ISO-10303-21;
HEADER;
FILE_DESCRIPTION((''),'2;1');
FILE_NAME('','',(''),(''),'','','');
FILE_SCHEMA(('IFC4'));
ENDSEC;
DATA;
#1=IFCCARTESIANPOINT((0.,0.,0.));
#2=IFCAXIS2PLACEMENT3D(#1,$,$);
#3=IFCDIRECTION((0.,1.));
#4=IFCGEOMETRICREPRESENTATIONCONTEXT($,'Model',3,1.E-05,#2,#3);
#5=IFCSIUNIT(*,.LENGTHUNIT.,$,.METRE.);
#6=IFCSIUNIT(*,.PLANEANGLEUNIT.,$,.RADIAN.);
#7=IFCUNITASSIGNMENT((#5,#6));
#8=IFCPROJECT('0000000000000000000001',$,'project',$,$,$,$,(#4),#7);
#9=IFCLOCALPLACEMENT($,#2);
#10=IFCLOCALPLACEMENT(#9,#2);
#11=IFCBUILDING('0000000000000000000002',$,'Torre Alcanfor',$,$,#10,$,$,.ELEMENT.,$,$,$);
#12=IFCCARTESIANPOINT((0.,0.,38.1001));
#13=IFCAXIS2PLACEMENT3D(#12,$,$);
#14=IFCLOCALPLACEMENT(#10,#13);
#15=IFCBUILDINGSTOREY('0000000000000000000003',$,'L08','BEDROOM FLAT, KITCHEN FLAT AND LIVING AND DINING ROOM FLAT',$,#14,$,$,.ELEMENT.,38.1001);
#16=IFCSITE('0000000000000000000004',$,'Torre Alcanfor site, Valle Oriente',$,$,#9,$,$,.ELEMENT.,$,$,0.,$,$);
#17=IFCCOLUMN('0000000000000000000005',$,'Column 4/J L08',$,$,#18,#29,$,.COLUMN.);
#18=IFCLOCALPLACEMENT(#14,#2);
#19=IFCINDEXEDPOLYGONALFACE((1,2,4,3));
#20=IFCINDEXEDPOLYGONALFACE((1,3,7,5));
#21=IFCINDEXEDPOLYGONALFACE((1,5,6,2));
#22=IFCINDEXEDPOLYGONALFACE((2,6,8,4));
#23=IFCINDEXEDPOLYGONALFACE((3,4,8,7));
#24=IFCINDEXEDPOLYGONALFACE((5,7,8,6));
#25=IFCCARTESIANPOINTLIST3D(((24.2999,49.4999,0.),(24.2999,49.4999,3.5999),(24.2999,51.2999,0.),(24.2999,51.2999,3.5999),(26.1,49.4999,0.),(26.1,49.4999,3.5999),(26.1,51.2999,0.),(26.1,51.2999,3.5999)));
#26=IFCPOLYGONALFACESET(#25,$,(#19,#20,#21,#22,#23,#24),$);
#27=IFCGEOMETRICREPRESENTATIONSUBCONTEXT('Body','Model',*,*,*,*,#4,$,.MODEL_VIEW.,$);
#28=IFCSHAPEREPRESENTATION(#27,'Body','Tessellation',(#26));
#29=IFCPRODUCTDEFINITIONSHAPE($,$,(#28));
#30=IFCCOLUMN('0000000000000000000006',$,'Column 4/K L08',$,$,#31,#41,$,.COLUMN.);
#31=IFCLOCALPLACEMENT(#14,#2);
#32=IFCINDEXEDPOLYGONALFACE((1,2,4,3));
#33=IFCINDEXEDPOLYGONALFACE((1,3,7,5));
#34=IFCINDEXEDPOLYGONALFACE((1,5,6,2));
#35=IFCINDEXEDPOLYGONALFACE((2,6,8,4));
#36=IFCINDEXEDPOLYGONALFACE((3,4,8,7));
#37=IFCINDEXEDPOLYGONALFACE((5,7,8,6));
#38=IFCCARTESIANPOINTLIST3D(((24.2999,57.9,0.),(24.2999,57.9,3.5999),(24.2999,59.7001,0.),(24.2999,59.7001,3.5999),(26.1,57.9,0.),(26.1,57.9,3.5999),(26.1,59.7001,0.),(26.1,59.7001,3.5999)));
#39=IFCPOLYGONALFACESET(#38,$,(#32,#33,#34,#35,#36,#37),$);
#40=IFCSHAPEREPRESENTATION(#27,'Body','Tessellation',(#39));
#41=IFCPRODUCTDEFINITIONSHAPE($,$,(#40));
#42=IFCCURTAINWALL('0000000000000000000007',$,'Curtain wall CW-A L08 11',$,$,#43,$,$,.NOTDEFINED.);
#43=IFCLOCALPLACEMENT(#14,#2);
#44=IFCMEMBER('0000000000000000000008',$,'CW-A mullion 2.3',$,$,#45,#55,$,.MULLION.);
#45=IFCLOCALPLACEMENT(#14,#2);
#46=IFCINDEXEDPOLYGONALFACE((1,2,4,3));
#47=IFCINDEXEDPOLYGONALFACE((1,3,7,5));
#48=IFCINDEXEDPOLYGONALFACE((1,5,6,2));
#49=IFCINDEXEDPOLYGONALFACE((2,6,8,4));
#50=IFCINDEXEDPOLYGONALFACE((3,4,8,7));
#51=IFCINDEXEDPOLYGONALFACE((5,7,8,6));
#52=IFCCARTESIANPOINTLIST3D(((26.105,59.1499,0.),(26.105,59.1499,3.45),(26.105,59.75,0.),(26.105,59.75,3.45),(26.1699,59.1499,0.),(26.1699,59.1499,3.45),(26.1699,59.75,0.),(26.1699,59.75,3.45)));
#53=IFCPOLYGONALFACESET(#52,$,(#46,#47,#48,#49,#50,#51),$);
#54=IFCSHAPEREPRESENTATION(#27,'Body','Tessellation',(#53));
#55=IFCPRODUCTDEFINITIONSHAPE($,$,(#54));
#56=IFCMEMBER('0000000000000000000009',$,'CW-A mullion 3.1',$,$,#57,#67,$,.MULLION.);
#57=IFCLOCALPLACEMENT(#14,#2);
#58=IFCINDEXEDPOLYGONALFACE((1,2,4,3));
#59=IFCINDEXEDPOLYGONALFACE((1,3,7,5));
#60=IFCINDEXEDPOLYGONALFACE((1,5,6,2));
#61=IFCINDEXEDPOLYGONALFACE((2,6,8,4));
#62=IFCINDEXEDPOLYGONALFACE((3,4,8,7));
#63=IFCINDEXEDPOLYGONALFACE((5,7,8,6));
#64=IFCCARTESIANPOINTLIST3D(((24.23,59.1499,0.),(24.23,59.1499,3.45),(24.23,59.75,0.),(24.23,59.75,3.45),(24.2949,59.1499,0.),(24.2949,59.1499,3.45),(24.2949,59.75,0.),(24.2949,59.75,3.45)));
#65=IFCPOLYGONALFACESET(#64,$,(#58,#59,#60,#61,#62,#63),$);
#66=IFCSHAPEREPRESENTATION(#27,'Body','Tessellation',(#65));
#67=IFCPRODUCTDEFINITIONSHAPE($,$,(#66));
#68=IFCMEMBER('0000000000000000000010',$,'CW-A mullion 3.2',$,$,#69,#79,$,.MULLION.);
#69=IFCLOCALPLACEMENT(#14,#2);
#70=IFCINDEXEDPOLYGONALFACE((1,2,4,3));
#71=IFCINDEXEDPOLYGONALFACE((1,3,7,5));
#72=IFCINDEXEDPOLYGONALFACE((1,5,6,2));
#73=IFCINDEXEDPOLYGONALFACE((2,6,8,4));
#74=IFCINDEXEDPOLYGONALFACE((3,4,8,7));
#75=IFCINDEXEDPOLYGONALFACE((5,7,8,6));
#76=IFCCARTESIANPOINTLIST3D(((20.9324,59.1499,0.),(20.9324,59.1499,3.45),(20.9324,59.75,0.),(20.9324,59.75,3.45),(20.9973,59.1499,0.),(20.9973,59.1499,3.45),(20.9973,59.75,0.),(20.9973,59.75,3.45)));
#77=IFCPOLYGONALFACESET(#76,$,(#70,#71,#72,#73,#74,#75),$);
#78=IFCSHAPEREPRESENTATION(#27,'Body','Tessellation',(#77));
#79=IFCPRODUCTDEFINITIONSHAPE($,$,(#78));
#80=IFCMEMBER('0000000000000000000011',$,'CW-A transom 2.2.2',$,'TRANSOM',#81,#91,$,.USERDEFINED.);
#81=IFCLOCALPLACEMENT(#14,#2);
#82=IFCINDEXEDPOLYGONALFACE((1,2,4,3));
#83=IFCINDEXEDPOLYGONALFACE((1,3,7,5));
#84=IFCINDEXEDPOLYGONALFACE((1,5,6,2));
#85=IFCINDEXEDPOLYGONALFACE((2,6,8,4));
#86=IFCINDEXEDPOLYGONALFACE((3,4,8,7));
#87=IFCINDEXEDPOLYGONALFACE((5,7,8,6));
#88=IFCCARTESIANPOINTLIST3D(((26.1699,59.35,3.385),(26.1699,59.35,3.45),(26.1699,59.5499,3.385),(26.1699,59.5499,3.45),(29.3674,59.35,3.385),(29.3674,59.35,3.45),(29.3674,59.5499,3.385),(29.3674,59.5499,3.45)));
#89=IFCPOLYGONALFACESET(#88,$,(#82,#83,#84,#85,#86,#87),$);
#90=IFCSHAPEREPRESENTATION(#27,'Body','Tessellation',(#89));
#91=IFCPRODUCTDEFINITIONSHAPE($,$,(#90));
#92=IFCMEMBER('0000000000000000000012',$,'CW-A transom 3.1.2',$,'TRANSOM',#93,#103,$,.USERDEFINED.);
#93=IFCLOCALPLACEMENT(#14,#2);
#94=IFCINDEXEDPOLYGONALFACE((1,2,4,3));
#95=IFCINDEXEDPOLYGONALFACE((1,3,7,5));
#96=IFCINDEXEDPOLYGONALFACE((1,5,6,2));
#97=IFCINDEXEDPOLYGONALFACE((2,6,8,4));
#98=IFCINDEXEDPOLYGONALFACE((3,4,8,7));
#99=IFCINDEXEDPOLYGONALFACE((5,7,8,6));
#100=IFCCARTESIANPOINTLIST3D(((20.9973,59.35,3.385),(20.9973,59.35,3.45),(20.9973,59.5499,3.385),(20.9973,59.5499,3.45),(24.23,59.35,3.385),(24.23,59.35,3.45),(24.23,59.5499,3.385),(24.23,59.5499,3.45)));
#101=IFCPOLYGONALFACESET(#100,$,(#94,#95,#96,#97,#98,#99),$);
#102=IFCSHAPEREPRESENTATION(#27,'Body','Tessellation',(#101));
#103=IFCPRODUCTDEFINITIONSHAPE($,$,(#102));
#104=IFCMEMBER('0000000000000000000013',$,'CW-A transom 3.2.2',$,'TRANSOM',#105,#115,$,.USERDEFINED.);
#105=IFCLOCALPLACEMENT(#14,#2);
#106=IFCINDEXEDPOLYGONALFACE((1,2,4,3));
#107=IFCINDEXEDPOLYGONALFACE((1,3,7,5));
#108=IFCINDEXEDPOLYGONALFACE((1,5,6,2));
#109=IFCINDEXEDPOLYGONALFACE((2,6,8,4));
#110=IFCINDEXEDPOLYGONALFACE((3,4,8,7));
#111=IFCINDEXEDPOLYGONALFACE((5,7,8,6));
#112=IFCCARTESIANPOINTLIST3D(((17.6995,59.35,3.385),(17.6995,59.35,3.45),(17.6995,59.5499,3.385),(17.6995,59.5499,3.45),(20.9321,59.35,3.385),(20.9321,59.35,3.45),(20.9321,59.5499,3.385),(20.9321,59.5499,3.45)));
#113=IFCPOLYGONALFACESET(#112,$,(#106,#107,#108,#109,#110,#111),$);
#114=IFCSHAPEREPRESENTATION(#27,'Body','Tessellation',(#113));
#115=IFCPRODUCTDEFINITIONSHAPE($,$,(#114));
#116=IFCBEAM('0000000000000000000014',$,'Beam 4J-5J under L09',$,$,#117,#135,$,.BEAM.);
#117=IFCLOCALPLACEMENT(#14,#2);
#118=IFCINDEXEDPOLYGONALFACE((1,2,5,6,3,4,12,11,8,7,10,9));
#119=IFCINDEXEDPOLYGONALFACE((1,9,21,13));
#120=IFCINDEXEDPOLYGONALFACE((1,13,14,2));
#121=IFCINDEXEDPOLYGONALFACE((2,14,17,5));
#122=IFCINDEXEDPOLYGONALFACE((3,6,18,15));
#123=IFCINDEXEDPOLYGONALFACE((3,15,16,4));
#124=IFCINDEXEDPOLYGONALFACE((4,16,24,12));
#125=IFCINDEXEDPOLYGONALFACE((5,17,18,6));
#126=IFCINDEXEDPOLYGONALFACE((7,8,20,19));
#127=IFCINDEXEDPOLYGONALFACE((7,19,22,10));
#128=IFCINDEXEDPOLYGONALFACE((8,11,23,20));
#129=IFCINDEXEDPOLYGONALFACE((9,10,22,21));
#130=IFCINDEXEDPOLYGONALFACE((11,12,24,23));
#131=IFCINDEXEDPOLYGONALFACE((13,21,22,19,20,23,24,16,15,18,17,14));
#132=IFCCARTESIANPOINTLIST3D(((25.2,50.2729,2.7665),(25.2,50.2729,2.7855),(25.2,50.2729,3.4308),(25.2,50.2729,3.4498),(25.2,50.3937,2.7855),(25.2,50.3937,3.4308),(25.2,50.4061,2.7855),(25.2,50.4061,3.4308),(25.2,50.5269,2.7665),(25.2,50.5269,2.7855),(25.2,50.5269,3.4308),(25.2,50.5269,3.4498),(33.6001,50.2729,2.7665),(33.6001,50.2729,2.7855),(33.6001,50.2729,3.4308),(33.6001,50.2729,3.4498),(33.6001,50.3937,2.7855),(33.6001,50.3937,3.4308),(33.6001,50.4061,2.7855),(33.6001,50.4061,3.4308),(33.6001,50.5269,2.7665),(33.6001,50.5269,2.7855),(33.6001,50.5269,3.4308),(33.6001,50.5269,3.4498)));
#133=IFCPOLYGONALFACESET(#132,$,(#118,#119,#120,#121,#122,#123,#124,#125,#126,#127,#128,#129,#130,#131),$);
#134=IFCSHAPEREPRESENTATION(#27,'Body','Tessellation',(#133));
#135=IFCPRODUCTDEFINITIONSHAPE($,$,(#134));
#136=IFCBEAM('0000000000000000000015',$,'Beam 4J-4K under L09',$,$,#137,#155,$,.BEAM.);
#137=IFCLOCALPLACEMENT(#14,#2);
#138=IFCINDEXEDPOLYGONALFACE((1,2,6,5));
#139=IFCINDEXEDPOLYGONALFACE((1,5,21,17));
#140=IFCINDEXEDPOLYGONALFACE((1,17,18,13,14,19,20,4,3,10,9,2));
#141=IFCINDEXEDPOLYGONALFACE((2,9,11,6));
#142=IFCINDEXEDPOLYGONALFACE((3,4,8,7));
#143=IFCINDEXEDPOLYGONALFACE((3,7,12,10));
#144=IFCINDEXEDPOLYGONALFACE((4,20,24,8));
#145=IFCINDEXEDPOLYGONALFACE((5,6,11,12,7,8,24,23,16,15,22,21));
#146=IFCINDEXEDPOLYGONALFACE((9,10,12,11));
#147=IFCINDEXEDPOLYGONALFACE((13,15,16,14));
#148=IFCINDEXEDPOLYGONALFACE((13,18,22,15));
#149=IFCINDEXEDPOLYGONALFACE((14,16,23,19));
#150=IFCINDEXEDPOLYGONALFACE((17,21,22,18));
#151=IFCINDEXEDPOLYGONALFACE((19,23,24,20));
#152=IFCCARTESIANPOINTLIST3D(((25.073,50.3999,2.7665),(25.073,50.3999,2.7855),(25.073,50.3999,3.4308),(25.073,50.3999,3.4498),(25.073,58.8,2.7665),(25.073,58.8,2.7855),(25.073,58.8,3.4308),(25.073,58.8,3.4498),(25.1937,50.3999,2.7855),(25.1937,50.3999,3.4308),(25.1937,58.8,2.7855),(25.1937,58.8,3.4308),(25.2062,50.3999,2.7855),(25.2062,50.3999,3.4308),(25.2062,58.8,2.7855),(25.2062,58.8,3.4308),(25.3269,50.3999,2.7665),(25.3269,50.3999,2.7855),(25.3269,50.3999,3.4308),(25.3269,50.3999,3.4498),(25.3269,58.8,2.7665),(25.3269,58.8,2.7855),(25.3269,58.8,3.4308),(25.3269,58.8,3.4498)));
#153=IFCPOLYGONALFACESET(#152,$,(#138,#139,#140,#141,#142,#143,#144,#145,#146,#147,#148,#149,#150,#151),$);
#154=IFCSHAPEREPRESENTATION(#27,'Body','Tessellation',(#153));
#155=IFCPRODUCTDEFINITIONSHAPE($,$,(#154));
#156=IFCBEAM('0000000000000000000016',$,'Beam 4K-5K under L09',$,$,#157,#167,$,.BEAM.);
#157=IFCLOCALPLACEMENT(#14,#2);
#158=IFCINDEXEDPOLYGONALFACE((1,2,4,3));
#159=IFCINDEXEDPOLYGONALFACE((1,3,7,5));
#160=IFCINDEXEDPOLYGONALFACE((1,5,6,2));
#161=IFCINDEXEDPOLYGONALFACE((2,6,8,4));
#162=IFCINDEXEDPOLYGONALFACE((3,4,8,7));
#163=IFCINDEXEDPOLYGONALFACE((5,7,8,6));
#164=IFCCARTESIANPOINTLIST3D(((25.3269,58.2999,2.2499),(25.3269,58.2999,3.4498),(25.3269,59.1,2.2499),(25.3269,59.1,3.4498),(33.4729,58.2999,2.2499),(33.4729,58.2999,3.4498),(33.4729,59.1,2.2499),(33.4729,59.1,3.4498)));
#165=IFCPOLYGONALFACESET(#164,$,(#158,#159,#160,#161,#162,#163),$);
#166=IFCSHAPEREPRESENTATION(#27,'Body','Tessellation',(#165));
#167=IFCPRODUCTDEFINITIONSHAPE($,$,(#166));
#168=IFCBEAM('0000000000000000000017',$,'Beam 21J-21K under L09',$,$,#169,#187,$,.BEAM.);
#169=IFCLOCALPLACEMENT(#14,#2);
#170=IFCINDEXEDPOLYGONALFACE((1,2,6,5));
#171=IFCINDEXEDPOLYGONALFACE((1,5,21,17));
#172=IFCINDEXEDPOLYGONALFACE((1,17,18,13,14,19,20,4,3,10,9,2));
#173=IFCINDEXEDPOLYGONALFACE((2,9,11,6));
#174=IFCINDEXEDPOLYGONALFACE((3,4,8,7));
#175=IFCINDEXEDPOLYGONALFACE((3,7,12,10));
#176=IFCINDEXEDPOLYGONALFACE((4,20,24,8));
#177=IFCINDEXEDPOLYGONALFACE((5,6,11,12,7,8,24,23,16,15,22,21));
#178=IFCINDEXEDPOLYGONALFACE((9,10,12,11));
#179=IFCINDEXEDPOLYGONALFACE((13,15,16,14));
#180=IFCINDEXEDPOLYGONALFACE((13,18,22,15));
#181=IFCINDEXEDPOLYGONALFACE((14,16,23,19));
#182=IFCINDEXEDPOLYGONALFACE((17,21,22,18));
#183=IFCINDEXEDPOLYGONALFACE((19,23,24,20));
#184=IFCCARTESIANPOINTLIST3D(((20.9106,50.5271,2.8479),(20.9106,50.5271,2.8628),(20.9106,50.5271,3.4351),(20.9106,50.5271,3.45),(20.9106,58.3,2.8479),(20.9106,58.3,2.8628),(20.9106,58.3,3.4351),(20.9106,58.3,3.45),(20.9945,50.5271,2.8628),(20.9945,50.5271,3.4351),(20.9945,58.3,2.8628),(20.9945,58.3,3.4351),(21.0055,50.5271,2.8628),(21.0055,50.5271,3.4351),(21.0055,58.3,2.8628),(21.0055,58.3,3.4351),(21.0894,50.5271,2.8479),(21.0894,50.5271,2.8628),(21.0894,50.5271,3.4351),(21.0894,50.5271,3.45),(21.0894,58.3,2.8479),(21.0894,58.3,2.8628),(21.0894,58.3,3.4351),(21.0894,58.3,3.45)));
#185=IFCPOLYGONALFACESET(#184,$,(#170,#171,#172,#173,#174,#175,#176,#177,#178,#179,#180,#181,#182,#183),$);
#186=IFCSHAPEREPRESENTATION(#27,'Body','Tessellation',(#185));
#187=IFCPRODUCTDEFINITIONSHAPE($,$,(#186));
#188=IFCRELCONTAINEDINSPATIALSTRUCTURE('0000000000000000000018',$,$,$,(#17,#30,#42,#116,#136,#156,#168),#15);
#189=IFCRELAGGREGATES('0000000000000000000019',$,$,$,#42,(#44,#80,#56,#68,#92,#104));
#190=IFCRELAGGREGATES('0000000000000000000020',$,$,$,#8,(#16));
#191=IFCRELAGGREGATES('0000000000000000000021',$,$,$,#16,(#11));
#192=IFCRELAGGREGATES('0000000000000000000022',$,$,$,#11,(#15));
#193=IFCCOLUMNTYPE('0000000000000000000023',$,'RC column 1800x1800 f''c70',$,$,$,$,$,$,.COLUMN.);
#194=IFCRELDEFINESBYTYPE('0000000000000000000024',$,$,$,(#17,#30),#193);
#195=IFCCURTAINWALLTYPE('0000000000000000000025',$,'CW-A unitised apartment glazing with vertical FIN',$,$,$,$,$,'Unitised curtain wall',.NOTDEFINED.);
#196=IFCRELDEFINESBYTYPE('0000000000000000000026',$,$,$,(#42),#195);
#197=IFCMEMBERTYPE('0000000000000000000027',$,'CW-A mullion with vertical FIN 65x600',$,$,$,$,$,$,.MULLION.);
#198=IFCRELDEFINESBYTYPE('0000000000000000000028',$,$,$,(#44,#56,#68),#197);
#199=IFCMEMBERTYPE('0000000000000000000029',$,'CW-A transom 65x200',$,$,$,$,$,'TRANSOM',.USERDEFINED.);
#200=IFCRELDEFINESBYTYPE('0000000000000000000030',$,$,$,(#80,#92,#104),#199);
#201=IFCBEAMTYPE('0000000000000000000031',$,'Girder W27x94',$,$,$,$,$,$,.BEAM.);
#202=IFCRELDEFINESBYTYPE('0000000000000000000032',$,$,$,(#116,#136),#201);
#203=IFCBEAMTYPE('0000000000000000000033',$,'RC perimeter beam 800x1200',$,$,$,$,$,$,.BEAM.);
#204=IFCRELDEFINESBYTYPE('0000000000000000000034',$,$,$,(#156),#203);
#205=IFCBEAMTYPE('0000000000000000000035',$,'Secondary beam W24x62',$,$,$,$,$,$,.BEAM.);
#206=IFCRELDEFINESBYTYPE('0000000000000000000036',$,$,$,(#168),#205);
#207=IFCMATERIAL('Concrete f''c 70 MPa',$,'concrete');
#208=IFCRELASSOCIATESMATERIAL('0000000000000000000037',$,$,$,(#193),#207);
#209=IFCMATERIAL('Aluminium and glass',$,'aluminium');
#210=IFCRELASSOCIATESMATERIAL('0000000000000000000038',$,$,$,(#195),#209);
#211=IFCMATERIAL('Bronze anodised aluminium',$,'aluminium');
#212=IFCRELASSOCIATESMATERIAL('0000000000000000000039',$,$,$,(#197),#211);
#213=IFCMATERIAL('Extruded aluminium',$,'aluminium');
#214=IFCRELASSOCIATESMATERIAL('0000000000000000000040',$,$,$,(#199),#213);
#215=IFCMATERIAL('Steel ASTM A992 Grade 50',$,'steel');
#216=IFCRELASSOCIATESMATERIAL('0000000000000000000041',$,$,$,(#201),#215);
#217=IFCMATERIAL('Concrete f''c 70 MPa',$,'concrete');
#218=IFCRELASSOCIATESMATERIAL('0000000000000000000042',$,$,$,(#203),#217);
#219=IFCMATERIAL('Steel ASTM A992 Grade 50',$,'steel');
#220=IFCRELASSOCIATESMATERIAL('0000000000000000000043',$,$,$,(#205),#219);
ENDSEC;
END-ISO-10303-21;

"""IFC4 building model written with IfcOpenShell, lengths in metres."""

from ifc_helpers import new_model, si_unit, direction, frame, origin, origin_2d, place, context, subcontext, project, spatial, rectangle, i_section, extrude, material, material_profile, profile_set, type_object, element, aggregate, save


model = new_model("IFC4")

# Units and contexts
model_context = context("Model", 3, precision=1e-05, world=origin(), true_north=direction((0.0, 1.0)))
body_context = subcontext(model_context, "Body", "Model", "MODEL_VIEW")
ifc_project = project(units=[si_unit("LENGTHUNIT", "METRE"), si_unit("PLANEANGLEUNIT", "RADIAN")], contexts=[model_context])

# Site, building, storey
site_placement = place(None, origin())
site = spatial("IfcSite", under=ifc_project, at=site_placement, Name="Torre Alcanfor site, Valle Oriente", CompositionType="ELEMENT", RefElevation=0.0)
building_placement = place(site_placement, origin())
building = spatial("IfcBuilding", under=site, at=building_placement, Name="Torre Alcanfor", CompositionType="ELEMENT")
storey_placement = place(building_placement, frame((0.0, 0.0, 38.1001)))
storey = spatial("IfcBuildingStorey", under=building, at=storey_placement, Name="L08", Description="BEDROOM FLAT, KITCHEN FLAT AND LIVING AND DINING ROOM FLAT", CompositionType="ELEMENT", Elevation=38.1001)

# Columns
ifc_material_1 = material(Name="Concrete f'c 70 MPa", Category="concrete")
ifc_material_profile_1 = material_profile(ifc_material_1, rectangle(XDim=1.8, YDim=1.8, at=origin_2d()), Name="1800x1800")
ifc_profile_set_1 = profile_set([ifc_material_profile_1], Name="Concrete f'c 70 MPa")
column_type = type_object("IfcColumnType", Name="RC column 1800x1800 f'c70", PredefinedType="COLUMN", material=ifc_profile_set_1)
for number, where, z_axis, x_axis, name in (
    (1, (25.2, 50.3999, 0.0), (0.0, 0.0, 1.0), (1.0, 0.0, 0.0), "Column 4/J L08"),
    (2, (25.2, 58.8, 0.0), (0.0, 0.0, 1.0), (1.0, 0.0, 0.0), "Column 4/K L08"),
):
    element("IfcColumn", number, at=place(storey_placement, frame(where, z_axis=z_axis, x_axis=x_axis)), inside=storey, type_object=column_type, Name=name, PredefinedType="COLUMN", context=body_context, shape_type="SweptSolid", body=[
        extrude(rectangle(XDim=1.8, YDim=1.8, at=origin_2d()), origin(), (0.0, 0.0, 1.0), 3.5999),
    ])

# Curtain wall, members
ifc_material_2 = material(Name="Aluminium and glass", Category="aluminium")
curtain_wall_type = type_object("IfcCurtainWallType", Name="CW-A unitised apartment glazing with vertical FIN", ElementType="Unitised curtain wall", PredefinedType="NOTDEFINED", material=ifc_material_2)
curtain_wall_placement = place(storey_placement, origin())
curtain_wall = element("IfcCurtainWall", 3, at=curtain_wall_placement, inside=storey, type_object=curtain_wall_type, Name="Curtain wall CW-A L08 11", PredefinedType="NOTDEFINED")
ifc_material_3 = material(Name="Bronze anodised aluminium", Category="aluminium")
ifc_material_profile_2 = material_profile(ifc_material_3, rectangle(XDim=0.6001, YDim=0.0649, at=origin_2d()), Name="CW-A mullion 65x600")
ifc_profile_set_2 = profile_set([ifc_material_profile_2], Name="Bronze anodised aluminium")
member_type_1 = type_object("IfcMemberType", Name="CW-A mullion with vertical FIN 65x600", PredefinedType="MULLION", material=ifc_profile_set_2)
member_1_placement = place(storey_placement, frame((26.1375, 59.45, 0.0), z_axis=(0.0, 0.0, 1.0), x_axis=(0.0, -1.0, 0.0)))
member_1 = element("IfcMember", 4, at=member_1_placement, type_object=member_type_1, Name="CW-A mullion 2.3", PredefinedType="MULLION", context=body_context, shape_type="SweptSolid", body=[
    extrude(rectangle(XDim=0.6001, YDim=0.0649, at=origin_2d()), origin(), (0.0, 0.0, 1.0), 3.45),
])
member_2_placement = place(storey_placement, frame((24.2625, 59.45, 0.0), z_axis=(0.0, 0.0, 1.0), x_axis=(0.0, -1.0, 0.0)))
member_2 = element("IfcMember", 5, at=member_2_placement, type_object=member_type_1, Name="CW-A mullion 3.1", PredefinedType="MULLION", context=body_context, shape_type="SweptSolid", body=[
    extrude(rectangle(XDim=0.6001, YDim=0.0649, at=origin_2d()), origin(), (0.0, 0.0, 1.0), 3.45),
])
member_3_placement = place(storey_placement, frame((20.9648, 59.45, 0.0), z_axis=(0.0, 0.0, 1.0), x_axis=(0.0, -1.0, 0.0)))
member_3 = element("IfcMember", 6, at=member_3_placement, type_object=member_type_1, Name="CW-A mullion 3.2", PredefinedType="MULLION", context=body_context, shape_type="SweptSolid", body=[
    extrude(rectangle(XDim=0.6001, YDim=0.0649, at=origin_2d()), origin(), (0.0, 0.0, 1.0), 3.45),
])
ifc_material_4 = material(Name="Extruded aluminium", Category="aluminium")
ifc_material_profile_3 = material_profile(ifc_material_4, rectangle(XDim=0.2, YDim=0.0649, at=origin_2d()), Name="CW-A transom 200x65")
ifc_profile_set_3 = profile_set([ifc_material_profile_3], Name="Extruded aluminium")
member_type_2 = type_object("IfcMemberType", Name="CW-A transom 65x200", ElementType="TRANSOM", PredefinedType="USERDEFINED", material=ifc_profile_set_3)
member_4_placement = place(storey_placement, frame((29.3674, 59.45, 3.4175), z_axis=(-1.0, 0.0, 0.0), x_axis=(0.0, -1.0, 0.0)))
member_4 = element("IfcMember", 7, at=member_4_placement, type_object=member_type_2, Name="CW-A transom 2.2.2", ObjectType="TRANSOM", PredefinedType="USERDEFINED", context=body_context, shape_type="SweptSolid", body=[
    extrude(rectangle(XDim=0.2, YDim=0.0649, at=origin_2d()), origin(), (0.0, 0.0, 1.0), 3.1975),
])
member_5_placement = place(storey_placement, frame((24.23, 59.45, 3.4175), z_axis=(-1.0, 0.0, 0.0), x_axis=(0.0, -1.0, 0.0)))
member_5 = element("IfcMember", 8, at=member_5_placement, type_object=member_type_2, Name="CW-A transom 3.1.2", ObjectType="TRANSOM", PredefinedType="USERDEFINED", context=body_context, shape_type="SweptSolid", body=[
    extrude(rectangle(XDim=0.2, YDim=0.0649, at=origin_2d()), origin(), (0.0, 0.0, 1.0), 3.2327),
])
member_6_placement = place(storey_placement, frame((20.9321, 59.45, 3.4175), z_axis=(-1.0, 0.0, 0.0), x_axis=(0.0, -1.0, 0.0)))
member_6 = element("IfcMember", 9, at=member_6_placement, type_object=member_type_2, Name="CW-A transom 3.2.2", ObjectType="TRANSOM", PredefinedType="USERDEFINED", context=body_context, shape_type="SweptSolid", body=[
    extrude(rectangle(XDim=0.2, YDim=0.0649, at=origin_2d()), origin(), (0.0, 0.0, 1.0), 3.2327),
])

# Beams
ifc_material_5 = material(Name="Steel ASTM A992 Grade 50", Category="steel")
ifc_material_profile_4 = material_profile(ifc_material_5, i_section(OverallWidth=0.2539, OverallDepth=0.6833, WebThickness=0.0125, FlangeThickness=0.019, at=origin_2d()), Name="W27x94")
ifc_profile_set_4 = profile_set([ifc_material_profile_4], Name="Steel ASTM A992 Grade 50")
beam_type_1 = type_object("IfcBeamType", Name="Girder W27x94", PredefinedType="BEAM", material=ifc_profile_set_4)
for number, where, z_axis, x_axis, name in (
    (10, (25.2, 50.3999, 3.1082), (1.0, 0.0, 0.0), (0.0, 1.0, 0.0), "Beam 4J-5J under L09"),
    (11, (25.2, 50.3999, 3.1082), (0.0, 1.0, 0.0), (-1.0, 0.0, 0.0), "Beam 4J-4K under L09"),
):
    element("IfcBeam", number, at=place(storey_placement, frame(where, z_axis=z_axis, x_axis=x_axis)), inside=storey, type_object=beam_type_1, Name=name, PredefinedType="BEAM", context=body_context, shape_type="SweptSolid", body=[
        extrude(i_section(OverallWidth=0.2539, OverallDepth=0.6833, WebThickness=0.0125, FlangeThickness=0.019, at=origin_2d()), origin(), (0.0, 0.0, 1.0), 8.4001),
    ])
ifc_material_6 = material(Name="Concrete f'c 70 MPa", Category="concrete")
ifc_material_profile_5 = material_profile(ifc_material_6, rectangle(XDim=0.8, YDim=1.2, at=origin_2d()), Name="800x1200")
ifc_profile_set_5 = profile_set([ifc_material_profile_5], Name="Concrete f'c 70 MPa")
beam_type_2 = type_object("IfcBeamType", Name="RC perimeter beam 800x1200", PredefinedType="BEAM", material=ifc_profile_set_5)
beam_1_placement = place(storey_placement, frame((25.3269, 58.7, 2.8499), z_axis=(1.0, 0.0, 0.0), x_axis=(0.0, 1.0, 0.0)))
element("IfcBeam", 12, at=beam_1_placement, inside=storey, type_object=beam_type_2, Name="Beam 4K-5K under L09", PredefinedType="BEAM", context=body_context, shape_type="SweptSolid", body=[
    extrude(rectangle(XDim=0.8, YDim=1.2, at=origin_2d()), origin(), (0.0, 0.0, 1.0), 8.146),
])
ifc_material_7 = material(Name="Steel ASTM A992 Grade 50", Category="steel")
ifc_material_profile_6 = material_profile(ifc_material_7, i_section(OverallWidth=0.1787, OverallDepth=0.6021, WebThickness=0.011, FlangeThickness=0.0149, at=origin_2d()), Name="W24x62")
ifc_profile_set_6 = profile_set([ifc_material_profile_6], Name="Steel ASTM A992 Grade 50")
beam_type_3 = type_object("IfcBeamType", Name="Secondary beam W24x62", PredefinedType="BEAM", material=ifc_profile_set_6)
beam_2_placement = place(storey_placement, frame((21.0, 50.5271, 3.1489), z_axis=(0.0, 1.0, 0.0), x_axis=(-1.0, 0.0, 0.0)))
element("IfcBeam", 13, at=beam_2_placement, inside=storey, type_object=beam_type_3, Name="Beam 21J-21K under L09", PredefinedType="BEAM", context=body_context, shape_type="SweptSolid", body=[
    extrude(i_section(OverallWidth=0.1787, OverallDepth=0.6021, WebThickness=0.011, FlangeThickness=0.0149, at=origin_2d()), origin(), (0.0, 0.0, 1.0), 7.7729),
])

aggregate(curtain_wall, [member_1, member_4, member_2, member_3, member_5, member_6])

save(model, "model.ifc")
